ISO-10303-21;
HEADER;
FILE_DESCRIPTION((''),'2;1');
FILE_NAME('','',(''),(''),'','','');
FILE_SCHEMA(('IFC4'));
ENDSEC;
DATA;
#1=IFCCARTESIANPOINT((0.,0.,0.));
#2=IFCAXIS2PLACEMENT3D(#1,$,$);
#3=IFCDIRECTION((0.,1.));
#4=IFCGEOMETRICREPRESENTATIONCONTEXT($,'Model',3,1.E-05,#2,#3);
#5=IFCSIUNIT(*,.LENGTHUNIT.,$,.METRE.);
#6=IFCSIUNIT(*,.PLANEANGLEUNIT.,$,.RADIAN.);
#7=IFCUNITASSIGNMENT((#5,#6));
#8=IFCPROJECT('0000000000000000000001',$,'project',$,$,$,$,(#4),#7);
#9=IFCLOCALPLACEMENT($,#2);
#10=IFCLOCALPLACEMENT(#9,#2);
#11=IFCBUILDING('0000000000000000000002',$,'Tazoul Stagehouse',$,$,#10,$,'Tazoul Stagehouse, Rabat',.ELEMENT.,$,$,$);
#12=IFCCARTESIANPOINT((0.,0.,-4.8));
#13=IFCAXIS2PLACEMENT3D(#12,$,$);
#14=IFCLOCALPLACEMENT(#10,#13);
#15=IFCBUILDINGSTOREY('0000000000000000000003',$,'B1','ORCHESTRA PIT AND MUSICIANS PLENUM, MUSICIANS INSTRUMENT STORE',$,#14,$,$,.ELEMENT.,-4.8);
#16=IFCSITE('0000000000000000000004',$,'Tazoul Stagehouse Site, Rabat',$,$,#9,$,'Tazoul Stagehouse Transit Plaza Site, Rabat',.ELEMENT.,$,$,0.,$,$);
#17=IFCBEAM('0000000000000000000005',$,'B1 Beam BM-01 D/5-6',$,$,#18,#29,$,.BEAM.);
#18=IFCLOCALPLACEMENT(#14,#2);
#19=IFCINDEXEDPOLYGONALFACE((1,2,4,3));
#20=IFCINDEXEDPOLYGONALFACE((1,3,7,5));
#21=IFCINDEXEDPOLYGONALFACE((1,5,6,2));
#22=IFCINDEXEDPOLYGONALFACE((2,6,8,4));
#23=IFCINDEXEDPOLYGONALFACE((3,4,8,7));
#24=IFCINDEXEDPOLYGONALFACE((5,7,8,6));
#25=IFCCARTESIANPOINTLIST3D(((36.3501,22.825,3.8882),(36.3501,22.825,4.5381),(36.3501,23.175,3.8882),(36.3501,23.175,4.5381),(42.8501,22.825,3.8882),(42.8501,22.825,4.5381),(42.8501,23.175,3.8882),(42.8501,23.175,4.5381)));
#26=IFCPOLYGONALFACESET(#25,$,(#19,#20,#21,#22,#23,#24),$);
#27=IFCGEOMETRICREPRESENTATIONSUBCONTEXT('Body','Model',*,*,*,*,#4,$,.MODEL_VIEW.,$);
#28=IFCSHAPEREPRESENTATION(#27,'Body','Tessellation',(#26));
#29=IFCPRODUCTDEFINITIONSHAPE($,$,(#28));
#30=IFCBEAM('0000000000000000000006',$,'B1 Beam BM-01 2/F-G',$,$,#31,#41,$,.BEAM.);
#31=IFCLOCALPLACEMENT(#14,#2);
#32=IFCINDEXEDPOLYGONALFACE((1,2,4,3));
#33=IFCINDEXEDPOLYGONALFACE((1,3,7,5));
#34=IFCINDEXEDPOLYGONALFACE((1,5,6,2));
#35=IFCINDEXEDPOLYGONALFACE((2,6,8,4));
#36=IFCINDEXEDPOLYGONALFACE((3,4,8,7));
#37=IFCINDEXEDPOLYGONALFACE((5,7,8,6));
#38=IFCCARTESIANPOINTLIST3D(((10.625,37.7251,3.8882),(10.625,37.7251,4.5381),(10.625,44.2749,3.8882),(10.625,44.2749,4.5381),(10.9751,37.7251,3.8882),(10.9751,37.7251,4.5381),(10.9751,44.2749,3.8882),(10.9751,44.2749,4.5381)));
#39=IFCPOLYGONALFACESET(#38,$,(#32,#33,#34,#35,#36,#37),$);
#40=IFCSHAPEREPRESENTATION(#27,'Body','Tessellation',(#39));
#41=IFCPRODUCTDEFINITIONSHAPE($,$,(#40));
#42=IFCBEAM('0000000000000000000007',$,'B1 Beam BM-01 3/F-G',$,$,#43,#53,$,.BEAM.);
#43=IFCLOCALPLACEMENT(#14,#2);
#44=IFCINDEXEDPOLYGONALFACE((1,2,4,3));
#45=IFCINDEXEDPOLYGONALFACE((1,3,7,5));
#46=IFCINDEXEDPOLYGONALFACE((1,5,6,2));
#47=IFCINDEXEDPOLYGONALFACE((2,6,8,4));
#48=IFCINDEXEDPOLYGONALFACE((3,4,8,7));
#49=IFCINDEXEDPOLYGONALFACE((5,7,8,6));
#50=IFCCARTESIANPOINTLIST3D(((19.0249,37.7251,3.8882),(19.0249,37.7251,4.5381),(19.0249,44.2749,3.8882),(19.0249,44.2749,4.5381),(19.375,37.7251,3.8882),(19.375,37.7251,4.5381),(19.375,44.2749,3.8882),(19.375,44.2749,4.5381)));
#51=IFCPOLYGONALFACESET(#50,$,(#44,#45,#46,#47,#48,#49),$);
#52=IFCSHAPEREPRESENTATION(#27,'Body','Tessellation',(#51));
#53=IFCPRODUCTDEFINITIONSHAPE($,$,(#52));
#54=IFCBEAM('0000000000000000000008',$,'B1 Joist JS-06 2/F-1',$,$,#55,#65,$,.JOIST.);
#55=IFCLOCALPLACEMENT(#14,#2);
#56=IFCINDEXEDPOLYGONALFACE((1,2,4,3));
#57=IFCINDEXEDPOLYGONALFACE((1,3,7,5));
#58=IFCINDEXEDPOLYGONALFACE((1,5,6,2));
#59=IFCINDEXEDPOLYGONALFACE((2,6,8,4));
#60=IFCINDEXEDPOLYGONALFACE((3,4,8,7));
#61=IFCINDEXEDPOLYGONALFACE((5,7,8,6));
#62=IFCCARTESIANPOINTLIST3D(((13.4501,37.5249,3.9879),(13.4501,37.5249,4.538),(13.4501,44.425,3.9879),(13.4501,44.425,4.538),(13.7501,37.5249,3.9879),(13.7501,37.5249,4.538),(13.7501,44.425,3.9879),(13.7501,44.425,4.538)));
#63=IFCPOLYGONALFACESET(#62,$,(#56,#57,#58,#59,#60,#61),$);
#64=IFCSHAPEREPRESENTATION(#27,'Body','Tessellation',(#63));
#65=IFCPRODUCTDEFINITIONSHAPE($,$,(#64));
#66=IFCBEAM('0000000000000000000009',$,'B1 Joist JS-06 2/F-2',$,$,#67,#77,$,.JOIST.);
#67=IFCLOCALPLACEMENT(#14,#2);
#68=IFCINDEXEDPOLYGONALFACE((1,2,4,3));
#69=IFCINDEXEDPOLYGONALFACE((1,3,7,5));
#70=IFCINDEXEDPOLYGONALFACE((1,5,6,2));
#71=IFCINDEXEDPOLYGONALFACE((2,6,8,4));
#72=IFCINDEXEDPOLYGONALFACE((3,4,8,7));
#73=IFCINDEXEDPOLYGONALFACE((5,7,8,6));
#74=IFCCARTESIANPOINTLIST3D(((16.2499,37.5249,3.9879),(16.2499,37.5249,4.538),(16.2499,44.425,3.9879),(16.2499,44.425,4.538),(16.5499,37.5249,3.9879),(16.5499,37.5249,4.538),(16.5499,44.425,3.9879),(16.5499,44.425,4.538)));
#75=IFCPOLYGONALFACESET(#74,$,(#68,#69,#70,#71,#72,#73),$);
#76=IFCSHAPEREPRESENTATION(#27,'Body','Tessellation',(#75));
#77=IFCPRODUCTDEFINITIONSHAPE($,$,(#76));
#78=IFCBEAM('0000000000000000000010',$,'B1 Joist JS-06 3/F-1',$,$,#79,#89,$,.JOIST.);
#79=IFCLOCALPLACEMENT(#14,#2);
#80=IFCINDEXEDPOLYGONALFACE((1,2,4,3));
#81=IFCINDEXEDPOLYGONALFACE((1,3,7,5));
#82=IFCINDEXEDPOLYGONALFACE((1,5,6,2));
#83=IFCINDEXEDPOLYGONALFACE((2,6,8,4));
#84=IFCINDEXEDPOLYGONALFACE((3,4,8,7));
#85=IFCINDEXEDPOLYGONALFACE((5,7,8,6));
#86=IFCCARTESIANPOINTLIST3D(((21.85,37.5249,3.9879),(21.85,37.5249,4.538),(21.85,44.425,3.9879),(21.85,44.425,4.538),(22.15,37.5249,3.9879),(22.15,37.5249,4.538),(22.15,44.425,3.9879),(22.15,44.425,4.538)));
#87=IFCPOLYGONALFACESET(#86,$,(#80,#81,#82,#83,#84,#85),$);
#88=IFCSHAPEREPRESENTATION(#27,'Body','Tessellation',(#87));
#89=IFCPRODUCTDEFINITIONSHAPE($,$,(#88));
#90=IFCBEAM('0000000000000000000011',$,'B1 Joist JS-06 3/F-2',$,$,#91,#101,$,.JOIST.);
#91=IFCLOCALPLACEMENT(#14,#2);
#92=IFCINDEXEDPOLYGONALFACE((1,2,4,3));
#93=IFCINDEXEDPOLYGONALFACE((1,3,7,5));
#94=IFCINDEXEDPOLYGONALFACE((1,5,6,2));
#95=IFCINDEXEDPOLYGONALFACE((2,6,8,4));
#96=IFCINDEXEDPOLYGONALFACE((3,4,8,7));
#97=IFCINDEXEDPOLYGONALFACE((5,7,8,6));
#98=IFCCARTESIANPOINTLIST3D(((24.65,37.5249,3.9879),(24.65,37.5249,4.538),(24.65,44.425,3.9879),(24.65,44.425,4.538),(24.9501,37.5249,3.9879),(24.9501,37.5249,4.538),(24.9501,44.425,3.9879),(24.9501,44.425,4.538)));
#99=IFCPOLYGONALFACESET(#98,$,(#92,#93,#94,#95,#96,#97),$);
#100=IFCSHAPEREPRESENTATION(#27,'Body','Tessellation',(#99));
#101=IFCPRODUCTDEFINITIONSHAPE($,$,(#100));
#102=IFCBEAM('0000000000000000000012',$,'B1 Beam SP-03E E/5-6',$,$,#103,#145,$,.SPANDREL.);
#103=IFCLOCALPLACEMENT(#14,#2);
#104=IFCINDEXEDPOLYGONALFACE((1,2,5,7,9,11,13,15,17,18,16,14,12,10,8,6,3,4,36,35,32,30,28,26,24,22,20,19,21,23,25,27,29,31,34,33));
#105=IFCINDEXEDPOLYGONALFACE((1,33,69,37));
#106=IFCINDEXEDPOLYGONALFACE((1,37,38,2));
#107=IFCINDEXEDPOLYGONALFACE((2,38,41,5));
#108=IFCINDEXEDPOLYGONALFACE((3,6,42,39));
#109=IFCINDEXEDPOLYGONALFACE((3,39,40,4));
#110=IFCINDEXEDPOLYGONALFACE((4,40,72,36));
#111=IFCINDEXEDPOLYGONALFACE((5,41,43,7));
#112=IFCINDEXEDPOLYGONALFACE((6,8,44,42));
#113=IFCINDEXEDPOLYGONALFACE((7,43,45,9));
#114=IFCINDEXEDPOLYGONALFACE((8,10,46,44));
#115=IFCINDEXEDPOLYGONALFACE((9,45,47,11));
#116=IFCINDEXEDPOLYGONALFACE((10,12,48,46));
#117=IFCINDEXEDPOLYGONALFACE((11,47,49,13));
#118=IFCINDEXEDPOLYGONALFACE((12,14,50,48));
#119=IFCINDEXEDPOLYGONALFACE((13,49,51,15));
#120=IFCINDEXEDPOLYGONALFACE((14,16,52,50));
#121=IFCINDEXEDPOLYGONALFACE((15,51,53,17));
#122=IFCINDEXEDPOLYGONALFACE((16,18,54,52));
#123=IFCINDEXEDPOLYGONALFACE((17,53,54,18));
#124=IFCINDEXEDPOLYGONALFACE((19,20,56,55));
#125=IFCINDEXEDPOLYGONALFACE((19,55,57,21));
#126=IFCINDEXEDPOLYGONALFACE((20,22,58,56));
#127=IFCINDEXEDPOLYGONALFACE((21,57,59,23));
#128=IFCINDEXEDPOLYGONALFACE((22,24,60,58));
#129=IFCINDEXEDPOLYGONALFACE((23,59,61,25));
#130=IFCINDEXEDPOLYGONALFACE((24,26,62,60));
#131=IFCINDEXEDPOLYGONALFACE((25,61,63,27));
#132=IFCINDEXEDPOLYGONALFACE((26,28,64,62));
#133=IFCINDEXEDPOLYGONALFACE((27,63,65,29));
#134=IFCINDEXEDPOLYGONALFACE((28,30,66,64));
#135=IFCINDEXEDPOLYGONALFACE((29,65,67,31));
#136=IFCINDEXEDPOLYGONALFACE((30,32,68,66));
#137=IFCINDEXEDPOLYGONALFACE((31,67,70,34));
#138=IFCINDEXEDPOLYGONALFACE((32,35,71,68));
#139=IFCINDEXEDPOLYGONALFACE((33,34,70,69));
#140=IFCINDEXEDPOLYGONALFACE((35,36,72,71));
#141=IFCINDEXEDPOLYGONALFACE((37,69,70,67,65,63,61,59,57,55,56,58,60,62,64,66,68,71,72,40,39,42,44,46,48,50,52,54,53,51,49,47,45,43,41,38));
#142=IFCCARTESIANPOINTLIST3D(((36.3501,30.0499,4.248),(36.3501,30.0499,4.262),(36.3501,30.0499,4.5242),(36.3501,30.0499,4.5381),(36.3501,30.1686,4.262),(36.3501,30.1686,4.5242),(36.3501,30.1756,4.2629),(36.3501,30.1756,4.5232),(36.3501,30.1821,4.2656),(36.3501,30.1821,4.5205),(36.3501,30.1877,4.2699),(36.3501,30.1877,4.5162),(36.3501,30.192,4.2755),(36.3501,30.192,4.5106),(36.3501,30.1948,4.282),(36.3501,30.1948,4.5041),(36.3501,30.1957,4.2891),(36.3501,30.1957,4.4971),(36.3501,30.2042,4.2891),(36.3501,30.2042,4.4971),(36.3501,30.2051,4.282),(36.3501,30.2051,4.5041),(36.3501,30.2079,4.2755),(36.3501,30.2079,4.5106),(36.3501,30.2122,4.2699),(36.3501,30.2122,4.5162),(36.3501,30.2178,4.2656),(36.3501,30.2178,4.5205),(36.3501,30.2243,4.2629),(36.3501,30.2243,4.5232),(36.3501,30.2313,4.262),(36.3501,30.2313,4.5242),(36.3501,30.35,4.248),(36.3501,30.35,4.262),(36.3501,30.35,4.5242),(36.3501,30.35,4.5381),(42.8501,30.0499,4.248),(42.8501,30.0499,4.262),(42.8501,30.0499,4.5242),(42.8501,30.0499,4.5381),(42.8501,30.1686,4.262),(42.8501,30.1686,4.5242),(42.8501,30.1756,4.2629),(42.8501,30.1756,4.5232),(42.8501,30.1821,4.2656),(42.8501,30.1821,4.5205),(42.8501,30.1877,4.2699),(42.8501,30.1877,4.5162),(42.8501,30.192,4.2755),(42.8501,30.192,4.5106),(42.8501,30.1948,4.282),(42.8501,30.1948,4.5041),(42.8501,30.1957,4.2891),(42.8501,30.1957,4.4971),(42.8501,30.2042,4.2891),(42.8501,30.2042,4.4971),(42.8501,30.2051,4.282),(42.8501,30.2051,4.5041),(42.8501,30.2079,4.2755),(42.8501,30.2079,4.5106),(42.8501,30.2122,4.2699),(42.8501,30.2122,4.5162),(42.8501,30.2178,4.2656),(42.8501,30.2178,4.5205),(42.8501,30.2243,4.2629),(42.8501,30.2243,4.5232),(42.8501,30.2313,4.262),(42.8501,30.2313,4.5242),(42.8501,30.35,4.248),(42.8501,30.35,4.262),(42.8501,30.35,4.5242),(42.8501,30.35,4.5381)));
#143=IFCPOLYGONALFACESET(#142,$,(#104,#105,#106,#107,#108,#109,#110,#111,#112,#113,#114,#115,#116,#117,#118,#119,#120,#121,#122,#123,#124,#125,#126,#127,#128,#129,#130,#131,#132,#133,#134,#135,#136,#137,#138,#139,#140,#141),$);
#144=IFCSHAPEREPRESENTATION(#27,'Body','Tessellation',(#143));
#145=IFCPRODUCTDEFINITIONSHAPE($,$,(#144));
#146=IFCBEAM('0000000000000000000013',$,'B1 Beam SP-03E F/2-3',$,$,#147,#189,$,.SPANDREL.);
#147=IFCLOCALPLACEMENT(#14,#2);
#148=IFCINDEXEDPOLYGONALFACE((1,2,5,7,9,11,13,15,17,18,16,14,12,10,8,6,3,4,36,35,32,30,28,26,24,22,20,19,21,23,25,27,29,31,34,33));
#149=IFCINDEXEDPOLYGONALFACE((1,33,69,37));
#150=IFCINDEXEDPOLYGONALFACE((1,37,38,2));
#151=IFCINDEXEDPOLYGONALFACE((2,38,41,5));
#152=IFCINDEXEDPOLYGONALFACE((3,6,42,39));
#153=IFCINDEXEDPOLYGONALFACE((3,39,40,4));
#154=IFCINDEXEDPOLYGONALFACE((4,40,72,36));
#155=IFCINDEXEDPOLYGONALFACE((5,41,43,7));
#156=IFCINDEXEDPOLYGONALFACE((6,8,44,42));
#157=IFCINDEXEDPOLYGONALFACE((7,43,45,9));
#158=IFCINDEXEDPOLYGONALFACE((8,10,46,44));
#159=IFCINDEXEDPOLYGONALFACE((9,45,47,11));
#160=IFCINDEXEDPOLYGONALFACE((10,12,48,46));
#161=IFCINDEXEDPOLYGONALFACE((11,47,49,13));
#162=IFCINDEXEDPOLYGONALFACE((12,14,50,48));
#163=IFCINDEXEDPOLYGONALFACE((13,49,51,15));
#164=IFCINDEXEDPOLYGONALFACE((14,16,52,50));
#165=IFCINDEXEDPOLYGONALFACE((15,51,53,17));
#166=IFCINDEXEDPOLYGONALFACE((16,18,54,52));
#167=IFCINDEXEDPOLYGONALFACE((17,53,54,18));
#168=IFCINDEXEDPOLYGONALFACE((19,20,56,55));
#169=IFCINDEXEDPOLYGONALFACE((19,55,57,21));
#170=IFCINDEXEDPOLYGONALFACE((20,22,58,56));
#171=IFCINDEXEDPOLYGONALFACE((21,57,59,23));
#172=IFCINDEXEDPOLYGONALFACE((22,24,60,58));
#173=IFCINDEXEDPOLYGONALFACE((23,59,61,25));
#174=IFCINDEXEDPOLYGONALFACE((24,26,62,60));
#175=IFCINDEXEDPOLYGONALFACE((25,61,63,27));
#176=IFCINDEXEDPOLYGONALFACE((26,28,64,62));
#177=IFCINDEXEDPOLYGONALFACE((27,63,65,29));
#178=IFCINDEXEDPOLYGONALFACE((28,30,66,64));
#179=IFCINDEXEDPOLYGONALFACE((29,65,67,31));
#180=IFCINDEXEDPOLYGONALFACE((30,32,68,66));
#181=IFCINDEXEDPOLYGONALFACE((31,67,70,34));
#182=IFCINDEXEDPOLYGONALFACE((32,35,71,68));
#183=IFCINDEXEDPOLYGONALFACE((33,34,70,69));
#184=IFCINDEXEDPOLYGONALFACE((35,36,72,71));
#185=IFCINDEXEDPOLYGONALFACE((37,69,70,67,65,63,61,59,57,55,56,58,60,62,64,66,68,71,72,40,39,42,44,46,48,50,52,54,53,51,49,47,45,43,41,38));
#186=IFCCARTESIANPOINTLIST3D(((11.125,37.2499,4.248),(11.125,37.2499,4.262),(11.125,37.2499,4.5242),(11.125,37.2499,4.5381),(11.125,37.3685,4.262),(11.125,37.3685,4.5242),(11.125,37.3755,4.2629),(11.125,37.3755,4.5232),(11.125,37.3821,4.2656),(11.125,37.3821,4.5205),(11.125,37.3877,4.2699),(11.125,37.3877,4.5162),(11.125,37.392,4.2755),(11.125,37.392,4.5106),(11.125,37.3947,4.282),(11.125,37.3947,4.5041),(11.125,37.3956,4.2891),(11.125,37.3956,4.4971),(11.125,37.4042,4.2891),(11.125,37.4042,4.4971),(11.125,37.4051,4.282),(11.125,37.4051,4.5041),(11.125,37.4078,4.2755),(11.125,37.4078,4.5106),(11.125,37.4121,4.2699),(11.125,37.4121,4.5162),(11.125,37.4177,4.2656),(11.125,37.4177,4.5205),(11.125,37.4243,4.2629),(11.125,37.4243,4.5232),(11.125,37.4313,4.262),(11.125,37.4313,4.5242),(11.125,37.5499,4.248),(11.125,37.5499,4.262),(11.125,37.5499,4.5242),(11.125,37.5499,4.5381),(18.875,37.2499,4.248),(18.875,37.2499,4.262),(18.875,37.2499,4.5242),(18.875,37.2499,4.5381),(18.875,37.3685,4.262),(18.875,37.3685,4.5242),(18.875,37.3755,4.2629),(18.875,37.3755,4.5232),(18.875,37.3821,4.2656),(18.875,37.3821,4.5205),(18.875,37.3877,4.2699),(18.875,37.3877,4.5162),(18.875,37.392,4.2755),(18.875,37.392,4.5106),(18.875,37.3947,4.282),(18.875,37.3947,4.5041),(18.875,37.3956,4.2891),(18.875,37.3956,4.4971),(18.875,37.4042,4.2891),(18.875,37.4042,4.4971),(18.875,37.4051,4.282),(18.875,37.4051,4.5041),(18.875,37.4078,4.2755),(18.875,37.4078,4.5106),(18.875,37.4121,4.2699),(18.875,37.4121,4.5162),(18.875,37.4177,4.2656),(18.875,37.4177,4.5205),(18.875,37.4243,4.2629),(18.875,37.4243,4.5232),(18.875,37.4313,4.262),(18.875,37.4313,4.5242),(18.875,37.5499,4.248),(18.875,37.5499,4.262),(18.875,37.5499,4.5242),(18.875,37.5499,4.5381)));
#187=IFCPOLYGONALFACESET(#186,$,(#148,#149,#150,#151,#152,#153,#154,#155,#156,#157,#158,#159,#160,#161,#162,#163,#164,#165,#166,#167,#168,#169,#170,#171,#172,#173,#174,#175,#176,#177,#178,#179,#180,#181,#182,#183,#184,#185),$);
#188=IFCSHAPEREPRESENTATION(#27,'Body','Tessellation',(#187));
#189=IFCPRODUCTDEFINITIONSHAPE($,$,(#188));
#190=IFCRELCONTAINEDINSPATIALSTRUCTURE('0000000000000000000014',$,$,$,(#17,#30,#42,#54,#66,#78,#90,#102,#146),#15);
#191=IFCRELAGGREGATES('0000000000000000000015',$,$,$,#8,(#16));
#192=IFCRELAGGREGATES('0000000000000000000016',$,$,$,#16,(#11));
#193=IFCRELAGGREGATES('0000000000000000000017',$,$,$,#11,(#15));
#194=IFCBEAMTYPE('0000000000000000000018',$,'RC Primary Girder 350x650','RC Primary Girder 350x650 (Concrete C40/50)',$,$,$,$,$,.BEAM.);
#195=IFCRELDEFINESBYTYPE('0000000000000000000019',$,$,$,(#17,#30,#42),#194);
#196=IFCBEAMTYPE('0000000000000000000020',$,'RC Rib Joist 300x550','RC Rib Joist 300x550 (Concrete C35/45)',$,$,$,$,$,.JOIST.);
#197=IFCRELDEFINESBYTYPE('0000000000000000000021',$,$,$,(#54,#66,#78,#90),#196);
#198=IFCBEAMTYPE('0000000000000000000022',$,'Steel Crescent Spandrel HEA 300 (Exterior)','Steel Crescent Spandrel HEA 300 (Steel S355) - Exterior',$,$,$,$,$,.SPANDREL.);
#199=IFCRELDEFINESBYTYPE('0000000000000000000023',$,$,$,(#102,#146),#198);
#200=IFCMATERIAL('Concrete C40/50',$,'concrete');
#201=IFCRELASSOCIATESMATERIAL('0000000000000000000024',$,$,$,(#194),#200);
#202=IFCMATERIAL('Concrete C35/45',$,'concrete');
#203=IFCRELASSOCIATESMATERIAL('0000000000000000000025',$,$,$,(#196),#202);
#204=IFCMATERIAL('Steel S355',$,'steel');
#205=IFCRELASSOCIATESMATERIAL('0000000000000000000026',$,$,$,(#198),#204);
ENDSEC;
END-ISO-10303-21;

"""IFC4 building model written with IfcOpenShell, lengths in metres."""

from ifc_helpers import new_model, si_unit, direction, frame, origin, origin_2d, place, context, subcontext, project, spatial, rectangle, i_section, extrude, material, material_profile, profile_set, type_object, element, save


model = new_model("IFC4")

# Units and contexts
model_context = context("Model", 3, precision=1e-05, world=origin(), true_north=direction((0.0, 1.0)))
body_context = subcontext(model_context, "Body", "Model", "MODEL_VIEW")
ifc_project = project(units=[si_unit("LENGTHUNIT", "METRE"), si_unit("PLANEANGLEUNIT", "RADIAN")], contexts=[model_context])

# Site, building, storey
site_placement = place(None, origin())
site = spatial("IfcSite", under=ifc_project, at=site_placement, Name="Tazoul Stagehouse Site, Rabat", LongName="Tazoul Stagehouse Transit Plaza Site, Rabat", CompositionType="ELEMENT", RefElevation=0.0)
building_placement = place(site_placement, origin())
building = spatial("IfcBuilding", under=site, at=building_placement, Name="Tazoul Stagehouse", LongName="Tazoul Stagehouse, Rabat", CompositionType="ELEMENT")
storey_placement = place(building_placement, frame((0.0, 0.0, -4.8)))
storey = spatial("IfcBuildingStorey", under=building, at=storey_placement, Name="B1", Description="ORCHESTRA PIT AND MUSICIANS PLENUM, MUSICIANS INSTRUMENT STORE", CompositionType="ELEMENT", Elevation=-4.8)

# Shared definitions
ifc_material_1 = material(Name="Concrete C35/45", Category="concrete")

# Shared definitions
ifc_material_2 = material(Name="Concrete C40/50", Category="concrete")

# Beams
ifc_material_profile_1 = material_profile(ifc_material_2, rectangle(XDim=0.3501, YDim=0.6499, at=origin_2d()), Name="RC 350x650")
ifc_profile_set_1 = profile_set([ifc_material_profile_1], Name="Concrete C40/50")
beam_type_1 = type_object("IfcBeamType", Name="RC Primary Girder 350x650", Description="RC Primary Girder 350x650 (Concrete C40/50)", PredefinedType="BEAM", material=ifc_profile_set_1)
beam_1_placement = place(storey_placement, frame((36.3501, 23.0, 4.2131), z_axis=(1.0, 0.0, 0.0), x_axis=(0.0, 1.0, 0.0)))
element("IfcBeam", 1, at=beam_1_placement, inside=storey, type_object=beam_type_1, Name="B1 Beam BM-01 D/5-6", PredefinedType="BEAM", context=body_context, shape_type="SweptSolid", body=[
    extrude(rectangle(XDim=0.3501, YDim=0.6499, at=origin_2d()), origin(), (0.0, 0.0, 1.0), 6.5),
])
for number, where, z_axis, x_axis, name in (
    (2, (10.8, 37.7251, 4.2131), (0.0, 1.0, 0.0), (-1.0, 0.0, 0.0), "B1 Beam BM-01 2/F-G"),
    (3, (19.2, 37.7251, 4.2131), (0.0, 1.0, 0.0), (-1.0, 0.0, 0.0), "B1 Beam BM-01 3/F-G"),
):
    element("IfcBeam", number, at=place(storey_placement, frame(where, z_axis=z_axis, x_axis=x_axis)), inside=storey, type_object=beam_type_1, Name=name, PredefinedType="BEAM", context=body_context, shape_type="SweptSolid", body=[
        extrude(rectangle(XDim=0.3501, YDim=0.6499, at=origin_2d()), origin(), (0.0, 0.0, 1.0), 6.5498),
    ])
ifc_material_profile_2 = material_profile(ifc_material_1, rectangle(XDim=0.3, YDim=0.55, at=origin_2d()), Name="RC 300x550")
ifc_profile_set_2 = profile_set([ifc_material_profile_2], Name="Concrete C35/45")
beam_type_2 = type_object("IfcBeamType", Name="RC Rib Joist 300x550", Description="RC Rib Joist 300x550 (Concrete C35/45)", PredefinedType="JOIST", material=ifc_profile_set_2)
for number, where, z_axis, x_axis, name in (
    (4, (13.6001, 37.5249, 4.2629), (0.0, 1.0, 0.0), (-1.0, 0.0, 0.0), "B1 Joist JS-06 2/F-1"),
    (5, (16.3999, 37.5249, 4.2629), (0.0, 1.0, 0.0), (-1.0, 0.0, 0.0), "B1 Joist JS-06 2/F-2"),
    (6, (22.0, 37.5249, 4.2629), (0.0, 1.0, 0.0), (-1.0, 0.0, 0.0), "B1 Joist JS-06 3/F-1"),
    (7, (24.8, 37.5249, 4.2629), (0.0, 1.0, 0.0), (-1.0, 0.0, 0.0), "B1 Joist JS-06 3/F-2"),
):
    element("IfcBeam", number, at=place(storey_placement, frame(where, z_axis=z_axis, x_axis=x_axis)), inside=storey, type_object=beam_type_2, Name=name, PredefinedType="JOIST", context=body_context, shape_type="SweptSolid", body=[
        extrude(rectangle(XDim=0.3, YDim=0.55, at=origin_2d()), origin(), (0.0, 0.0, 1.0), 6.9001),
    ])
ifc_material_3 = material(Name="Steel S355", Category="steel")
ifc_material_profile_3 = material_profile(ifc_material_3, i_section(OverallWidth=0.3, OverallDepth=0.29, WebThickness=0.0085, FlangeThickness=0.0139, FilletRadius=0.0271, at=origin_2d()), Name="HEA 300")
ifc_profile_set_3 = profile_set([ifc_material_profile_3], Name="Steel S355")
beam_type_3 = type_object("IfcBeamType", Name="Steel Crescent Spandrel HEA 300 (Exterior)", Description="Steel Crescent Spandrel HEA 300 (Steel S355) - Exterior", PredefinedType="SPANDREL", material=ifc_profile_set_3)
beam_2_placement = place(storey_placement, frame((36.3501, 30.2, 4.3931), z_axis=(1.0, 0.0, 0.0), x_axis=(0.0, 1.0, 0.0)))
element("IfcBeam", 8, at=beam_2_placement, inside=storey, type_object=beam_type_3, Name="B1 Beam SP-03E E/5-6", PredefinedType="SPANDREL", context=body_context, shape_type="SweptSolid", body=[
    extrude(i_section(OverallWidth=0.3, OverallDepth=0.29, WebThickness=0.0085, FlangeThickness=0.0139, FilletRadius=0.0271, at=origin_2d()), origin(), (0.0, 0.0, 1.0), 6.5),
])
for number, where, z_axis, x_axis, name in (
    (9, (11.125, 37.3999, 4.3931), (1.0, 0.0, 0.0), (0.0, 1.0, 0.0), "B1 Beam SP-03E F/2-3"),
):
    element("IfcBeam", number, at=place(storey_placement, frame(where, z_axis=z_axis, x_axis=x_axis)), inside=storey, type_object=beam_type_3, Name=name, PredefinedType="SPANDREL", context=body_context, shape_type="SweptSolid", body=[
        extrude(i_section(OverallWidth=0.3, OverallDepth=0.29, WebThickness=0.0085, FlangeThickness=0.0139, FilletRadius=0.0271, at=origin_2d()), origin(), (0.0, 0.0, 1.0), 7.75),
    ])

save(model, "model.ifc")
